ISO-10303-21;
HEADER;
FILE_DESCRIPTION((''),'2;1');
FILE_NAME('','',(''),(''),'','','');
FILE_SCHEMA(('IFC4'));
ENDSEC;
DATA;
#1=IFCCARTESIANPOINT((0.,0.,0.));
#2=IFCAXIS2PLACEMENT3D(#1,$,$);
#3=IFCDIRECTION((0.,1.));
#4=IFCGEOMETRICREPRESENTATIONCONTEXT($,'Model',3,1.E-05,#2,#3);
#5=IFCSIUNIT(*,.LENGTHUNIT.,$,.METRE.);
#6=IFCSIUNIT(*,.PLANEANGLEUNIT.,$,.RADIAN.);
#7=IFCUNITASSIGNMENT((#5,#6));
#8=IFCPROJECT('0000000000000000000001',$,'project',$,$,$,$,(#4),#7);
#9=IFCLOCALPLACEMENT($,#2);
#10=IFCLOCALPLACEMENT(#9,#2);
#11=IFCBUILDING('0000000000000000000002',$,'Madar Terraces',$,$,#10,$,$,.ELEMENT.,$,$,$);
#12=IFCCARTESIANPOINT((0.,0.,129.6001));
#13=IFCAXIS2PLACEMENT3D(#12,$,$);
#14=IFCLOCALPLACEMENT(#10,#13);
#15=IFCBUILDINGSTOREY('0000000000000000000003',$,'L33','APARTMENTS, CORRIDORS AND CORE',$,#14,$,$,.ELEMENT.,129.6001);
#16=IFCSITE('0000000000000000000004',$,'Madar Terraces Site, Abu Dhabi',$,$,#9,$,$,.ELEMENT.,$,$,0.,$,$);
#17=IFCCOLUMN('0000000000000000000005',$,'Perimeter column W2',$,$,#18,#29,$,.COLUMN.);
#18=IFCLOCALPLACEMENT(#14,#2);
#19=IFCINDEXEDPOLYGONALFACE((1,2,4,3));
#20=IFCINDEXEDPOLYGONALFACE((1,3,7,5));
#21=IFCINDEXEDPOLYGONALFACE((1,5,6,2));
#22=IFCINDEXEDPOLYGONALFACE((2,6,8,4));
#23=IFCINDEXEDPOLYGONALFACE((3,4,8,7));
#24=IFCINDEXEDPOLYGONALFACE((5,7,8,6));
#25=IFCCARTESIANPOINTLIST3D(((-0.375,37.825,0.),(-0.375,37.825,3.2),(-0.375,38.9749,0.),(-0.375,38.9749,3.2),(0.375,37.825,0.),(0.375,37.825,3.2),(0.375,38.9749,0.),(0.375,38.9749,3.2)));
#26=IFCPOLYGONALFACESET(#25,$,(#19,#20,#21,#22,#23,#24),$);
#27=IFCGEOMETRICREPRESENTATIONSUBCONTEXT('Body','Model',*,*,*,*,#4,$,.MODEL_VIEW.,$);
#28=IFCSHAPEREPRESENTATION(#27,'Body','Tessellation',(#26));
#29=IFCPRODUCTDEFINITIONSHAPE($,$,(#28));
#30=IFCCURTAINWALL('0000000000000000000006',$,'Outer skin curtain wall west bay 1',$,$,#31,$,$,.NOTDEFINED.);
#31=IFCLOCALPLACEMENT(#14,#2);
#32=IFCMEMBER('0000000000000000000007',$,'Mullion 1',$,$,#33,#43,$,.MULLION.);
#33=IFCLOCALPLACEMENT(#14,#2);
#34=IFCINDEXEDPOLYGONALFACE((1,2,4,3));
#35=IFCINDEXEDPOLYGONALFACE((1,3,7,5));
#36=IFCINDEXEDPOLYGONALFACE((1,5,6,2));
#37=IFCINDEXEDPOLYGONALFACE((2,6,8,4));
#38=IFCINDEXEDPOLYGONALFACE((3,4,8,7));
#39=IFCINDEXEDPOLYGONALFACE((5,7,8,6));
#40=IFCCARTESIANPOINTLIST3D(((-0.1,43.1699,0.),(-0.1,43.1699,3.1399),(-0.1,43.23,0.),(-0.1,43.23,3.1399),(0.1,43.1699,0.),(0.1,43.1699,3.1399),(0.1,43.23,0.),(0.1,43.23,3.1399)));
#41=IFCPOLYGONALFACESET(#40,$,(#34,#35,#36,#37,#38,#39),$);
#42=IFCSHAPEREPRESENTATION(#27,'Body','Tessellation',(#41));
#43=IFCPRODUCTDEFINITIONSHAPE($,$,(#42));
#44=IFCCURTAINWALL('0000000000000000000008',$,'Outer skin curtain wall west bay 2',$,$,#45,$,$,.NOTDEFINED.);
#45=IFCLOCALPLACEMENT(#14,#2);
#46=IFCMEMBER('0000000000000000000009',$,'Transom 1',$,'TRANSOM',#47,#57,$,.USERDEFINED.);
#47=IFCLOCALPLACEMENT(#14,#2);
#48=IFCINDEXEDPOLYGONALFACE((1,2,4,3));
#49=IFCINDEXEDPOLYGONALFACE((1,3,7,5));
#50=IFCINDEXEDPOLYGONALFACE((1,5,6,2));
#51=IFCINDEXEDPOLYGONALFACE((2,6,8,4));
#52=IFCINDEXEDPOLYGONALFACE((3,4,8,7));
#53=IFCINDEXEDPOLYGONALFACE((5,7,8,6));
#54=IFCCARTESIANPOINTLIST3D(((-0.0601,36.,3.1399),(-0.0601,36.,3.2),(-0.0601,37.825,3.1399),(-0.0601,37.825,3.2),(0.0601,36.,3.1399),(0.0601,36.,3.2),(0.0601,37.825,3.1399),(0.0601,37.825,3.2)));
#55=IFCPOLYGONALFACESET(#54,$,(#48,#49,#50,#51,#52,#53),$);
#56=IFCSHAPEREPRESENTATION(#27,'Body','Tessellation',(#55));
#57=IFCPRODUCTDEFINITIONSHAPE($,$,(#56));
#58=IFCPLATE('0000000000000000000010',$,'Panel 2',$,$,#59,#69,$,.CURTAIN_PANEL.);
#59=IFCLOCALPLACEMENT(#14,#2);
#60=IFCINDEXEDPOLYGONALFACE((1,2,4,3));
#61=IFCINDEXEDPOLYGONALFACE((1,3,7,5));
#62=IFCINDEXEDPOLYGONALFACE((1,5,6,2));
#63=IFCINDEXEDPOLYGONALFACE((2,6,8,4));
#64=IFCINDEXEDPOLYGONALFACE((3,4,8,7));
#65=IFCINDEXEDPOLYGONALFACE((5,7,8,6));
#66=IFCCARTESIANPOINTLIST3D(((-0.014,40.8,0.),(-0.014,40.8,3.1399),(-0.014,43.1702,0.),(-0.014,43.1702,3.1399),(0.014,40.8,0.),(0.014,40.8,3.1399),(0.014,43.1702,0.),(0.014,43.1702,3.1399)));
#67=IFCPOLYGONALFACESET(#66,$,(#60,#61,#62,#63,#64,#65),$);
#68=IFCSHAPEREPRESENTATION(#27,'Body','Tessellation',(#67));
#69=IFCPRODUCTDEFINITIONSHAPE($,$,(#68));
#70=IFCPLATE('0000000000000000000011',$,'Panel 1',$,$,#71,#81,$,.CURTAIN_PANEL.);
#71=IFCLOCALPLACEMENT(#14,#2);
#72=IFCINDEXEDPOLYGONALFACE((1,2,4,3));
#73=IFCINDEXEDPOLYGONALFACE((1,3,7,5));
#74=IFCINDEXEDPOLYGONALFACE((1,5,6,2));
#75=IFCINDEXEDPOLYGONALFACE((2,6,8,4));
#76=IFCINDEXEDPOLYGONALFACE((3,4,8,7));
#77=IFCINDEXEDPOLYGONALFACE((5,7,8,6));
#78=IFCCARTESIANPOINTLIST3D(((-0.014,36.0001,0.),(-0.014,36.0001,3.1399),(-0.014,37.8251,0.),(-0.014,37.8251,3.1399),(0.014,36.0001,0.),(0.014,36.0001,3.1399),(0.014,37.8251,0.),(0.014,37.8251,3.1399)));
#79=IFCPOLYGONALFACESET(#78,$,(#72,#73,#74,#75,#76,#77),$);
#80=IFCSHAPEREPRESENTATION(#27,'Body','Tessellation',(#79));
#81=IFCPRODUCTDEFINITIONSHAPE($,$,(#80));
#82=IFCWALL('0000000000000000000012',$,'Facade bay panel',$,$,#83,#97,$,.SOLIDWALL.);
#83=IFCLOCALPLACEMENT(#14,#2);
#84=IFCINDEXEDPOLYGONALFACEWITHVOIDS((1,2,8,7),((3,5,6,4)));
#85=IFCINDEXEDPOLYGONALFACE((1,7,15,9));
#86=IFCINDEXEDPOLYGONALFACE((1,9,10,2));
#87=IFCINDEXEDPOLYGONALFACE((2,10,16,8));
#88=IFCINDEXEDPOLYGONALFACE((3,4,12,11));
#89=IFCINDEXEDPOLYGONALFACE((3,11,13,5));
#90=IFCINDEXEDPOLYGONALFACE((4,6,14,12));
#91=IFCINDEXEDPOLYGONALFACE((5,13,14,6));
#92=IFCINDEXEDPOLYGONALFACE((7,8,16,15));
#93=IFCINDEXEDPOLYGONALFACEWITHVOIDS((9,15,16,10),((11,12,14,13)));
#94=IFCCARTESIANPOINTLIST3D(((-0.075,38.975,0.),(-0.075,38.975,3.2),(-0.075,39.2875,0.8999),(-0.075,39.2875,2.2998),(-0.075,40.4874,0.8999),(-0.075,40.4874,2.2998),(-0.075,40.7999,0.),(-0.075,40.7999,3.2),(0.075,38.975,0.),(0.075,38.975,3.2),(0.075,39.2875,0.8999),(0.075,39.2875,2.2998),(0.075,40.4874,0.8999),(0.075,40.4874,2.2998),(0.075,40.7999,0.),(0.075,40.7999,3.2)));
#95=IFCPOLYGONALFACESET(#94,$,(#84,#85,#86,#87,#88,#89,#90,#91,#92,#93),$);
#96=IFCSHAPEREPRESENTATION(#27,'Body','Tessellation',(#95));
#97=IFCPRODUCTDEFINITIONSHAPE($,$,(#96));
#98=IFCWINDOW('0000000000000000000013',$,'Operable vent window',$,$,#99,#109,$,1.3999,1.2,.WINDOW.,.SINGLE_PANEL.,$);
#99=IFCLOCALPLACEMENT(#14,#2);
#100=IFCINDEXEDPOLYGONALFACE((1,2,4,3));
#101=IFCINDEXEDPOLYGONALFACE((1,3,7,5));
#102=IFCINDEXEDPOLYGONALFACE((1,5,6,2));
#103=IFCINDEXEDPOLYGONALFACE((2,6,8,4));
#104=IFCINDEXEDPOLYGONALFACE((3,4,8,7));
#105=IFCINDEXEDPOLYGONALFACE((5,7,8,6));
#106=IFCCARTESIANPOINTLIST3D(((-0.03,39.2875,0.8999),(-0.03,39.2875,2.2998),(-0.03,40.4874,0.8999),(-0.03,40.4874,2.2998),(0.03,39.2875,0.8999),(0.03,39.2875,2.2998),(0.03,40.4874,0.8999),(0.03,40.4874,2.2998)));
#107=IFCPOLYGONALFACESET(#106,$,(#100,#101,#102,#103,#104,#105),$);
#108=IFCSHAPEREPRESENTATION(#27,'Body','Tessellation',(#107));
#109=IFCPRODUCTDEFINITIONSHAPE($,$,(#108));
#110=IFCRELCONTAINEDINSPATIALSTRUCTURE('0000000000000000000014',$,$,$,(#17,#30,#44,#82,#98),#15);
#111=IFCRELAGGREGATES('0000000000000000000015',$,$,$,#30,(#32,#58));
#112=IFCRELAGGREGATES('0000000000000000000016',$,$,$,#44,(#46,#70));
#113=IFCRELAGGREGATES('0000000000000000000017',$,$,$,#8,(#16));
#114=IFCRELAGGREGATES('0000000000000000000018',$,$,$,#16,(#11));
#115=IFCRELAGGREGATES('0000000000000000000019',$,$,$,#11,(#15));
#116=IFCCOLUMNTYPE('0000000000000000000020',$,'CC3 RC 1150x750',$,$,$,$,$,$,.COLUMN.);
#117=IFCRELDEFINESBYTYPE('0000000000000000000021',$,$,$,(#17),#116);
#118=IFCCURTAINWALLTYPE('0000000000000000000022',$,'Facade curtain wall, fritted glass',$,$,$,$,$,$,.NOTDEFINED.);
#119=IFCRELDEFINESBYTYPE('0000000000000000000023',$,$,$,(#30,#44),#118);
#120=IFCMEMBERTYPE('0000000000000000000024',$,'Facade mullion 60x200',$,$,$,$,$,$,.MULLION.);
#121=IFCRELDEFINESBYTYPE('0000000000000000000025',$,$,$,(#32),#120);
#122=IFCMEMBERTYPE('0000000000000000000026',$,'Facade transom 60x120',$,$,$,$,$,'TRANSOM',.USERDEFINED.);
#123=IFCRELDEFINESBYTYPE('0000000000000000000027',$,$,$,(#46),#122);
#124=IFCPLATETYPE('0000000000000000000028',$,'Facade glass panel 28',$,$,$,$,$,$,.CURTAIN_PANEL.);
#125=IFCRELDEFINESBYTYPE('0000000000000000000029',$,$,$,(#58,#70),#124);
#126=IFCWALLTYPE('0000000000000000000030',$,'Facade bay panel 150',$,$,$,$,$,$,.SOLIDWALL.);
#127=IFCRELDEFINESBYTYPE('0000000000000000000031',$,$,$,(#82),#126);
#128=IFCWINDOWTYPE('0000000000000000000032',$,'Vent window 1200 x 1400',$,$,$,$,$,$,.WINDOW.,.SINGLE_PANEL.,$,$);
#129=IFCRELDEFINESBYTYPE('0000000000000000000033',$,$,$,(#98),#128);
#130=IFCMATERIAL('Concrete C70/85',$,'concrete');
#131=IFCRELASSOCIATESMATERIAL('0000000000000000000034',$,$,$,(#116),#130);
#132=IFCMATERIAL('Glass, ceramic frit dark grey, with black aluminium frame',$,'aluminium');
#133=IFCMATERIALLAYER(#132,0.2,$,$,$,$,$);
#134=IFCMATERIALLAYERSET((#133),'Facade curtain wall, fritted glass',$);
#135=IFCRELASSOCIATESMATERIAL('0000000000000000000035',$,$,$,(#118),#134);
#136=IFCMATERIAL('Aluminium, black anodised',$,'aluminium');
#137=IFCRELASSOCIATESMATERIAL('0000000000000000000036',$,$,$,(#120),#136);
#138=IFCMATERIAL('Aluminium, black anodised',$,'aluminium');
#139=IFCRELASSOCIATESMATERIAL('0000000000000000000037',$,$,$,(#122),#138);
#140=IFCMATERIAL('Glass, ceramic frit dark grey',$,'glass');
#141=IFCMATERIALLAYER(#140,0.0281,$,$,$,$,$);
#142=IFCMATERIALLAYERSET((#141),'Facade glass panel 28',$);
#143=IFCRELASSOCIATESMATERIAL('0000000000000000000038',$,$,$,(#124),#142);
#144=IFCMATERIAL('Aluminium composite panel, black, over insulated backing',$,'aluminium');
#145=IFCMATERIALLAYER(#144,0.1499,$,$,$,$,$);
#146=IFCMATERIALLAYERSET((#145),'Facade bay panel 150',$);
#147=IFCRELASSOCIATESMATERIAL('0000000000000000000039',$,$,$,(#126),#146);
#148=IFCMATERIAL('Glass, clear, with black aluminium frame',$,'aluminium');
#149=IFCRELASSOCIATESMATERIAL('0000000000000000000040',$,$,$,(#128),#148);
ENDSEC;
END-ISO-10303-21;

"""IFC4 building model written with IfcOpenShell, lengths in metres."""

from ifc_helpers import new_model, si_unit, direction, frame, frame_2d, origin, origin_2d, place, context, subcontext, project, spatial, rectangle, extrude, material, layer, layer_set, material_profile, profile_set, type_object, element, fill, aggregate, save


model = new_model("IFC4")

# Units and contexts
model_context = context("Model", 3, precision=1e-05, world=origin(), true_north=direction((0.0, 1.0)))
body_context = subcontext(model_context, "Body", "Model", "MODEL_VIEW")
ifc_project = project(units=[si_unit("LENGTHUNIT", "METRE"), si_unit("PLANEANGLEUNIT", "RADIAN")], contexts=[model_context])

# Site, building, storey
site_placement = place(None, origin())
site = spatial("IfcSite", under=ifc_project, at=site_placement, Name="Madar Terraces Site, Abu Dhabi", CompositionType="ELEMENT", RefElevation=0.0)
building_placement = place(site_placement, origin())
building = spatial("IfcBuilding", under=site, at=building_placement, Name="Madar Terraces", CompositionType="ELEMENT")
storey_placement = place(building_placement, frame((0.0, 0.0, 129.6001)))
storey = spatial("IfcBuildingStorey", under=building, at=storey_placement, Name="L33", Description="APARTMENTS, CORRIDORS AND CORE", CompositionType="ELEMENT", Elevation=129.6001)

# Column
ifc_material_1 = material(Name="Concrete C70/85", Category="concrete")
ifc_material_profile_1 = material_profile(ifc_material_1, rectangle(XDim=1.1499, YDim=0.75, at=origin_2d()), Name="CC3 RC 1150x750")
ifc_profile_set_1 = profile_set([ifc_material_profile_1], Name="Concrete C70/85")
column_type = type_object("IfcColumnType", Name="CC3 RC 1150x750", PredefinedType="COLUMN", material=ifc_profile_set_1)
column_placement = place(storey_placement, frame((0.0, 38.3999, 0.0), z_axis=(0.0, 0.0, 1.0), x_axis=(0.0, 1.0, 0.0)))
element("IfcColumn", 1, at=column_placement, inside=storey, type_object=column_type, Name="Perimeter column W2", PredefinedType="COLUMN", context=body_context, shape_type="SweptSolid", body=[
    extrude(rectangle(XDim=1.1499, YDim=0.75, at=origin_2d()), origin(), (0.0, 0.0, 1.0), 3.2),
])

# Curtain walls, members
ifc_material_2 = material(Name="Glass, ceramic frit dark grey, with black aluminium frame", Category="aluminium")
ifc_layer_1 = layer(ifc_material_2, 0.2)
ifc_layer_set_1 = layer_set([ifc_layer_1], Name="Facade curtain wall, fritted glass")
curtain_wall_type = type_object("IfcCurtainWallType", Name="Facade curtain wall, fritted glass", PredefinedType="NOTDEFINED", material=ifc_layer_set_1)
curtain_wall_1_placement = place(storey_placement, origin())
curtain_wall_1 = element("IfcCurtainWall", 2, at=curtain_wall_1_placement, inside=storey, type_object=curtain_wall_type, Name="Outer skin curtain wall west bay 1", PredefinedType="NOTDEFINED")
ifc_material_3 = material(Name="Aluminium, black anodised", Category="aluminium")
ifc_material_profile_2 = material_profile(ifc_material_3, rectangle(XDim=0.2, YDim=0.0601, at=origin_2d()), Name="Facade mullion 60x200")
ifc_profile_set_2 = profile_set([ifc_material_profile_2], Name="Aluminium, black anodised")
member_type_1 = type_object("IfcMemberType", Name="Facade mullion 60x200", PredefinedType="MULLION", material=ifc_profile_set_2)
member_1_placement = place(storey_placement, frame((0.0, 43.2, 0.0), z_axis=(0.0, 0.0, 1.0), x_axis=(1.0, 0.0, 0.0)))
member_1 = element("IfcMember", 3, at=member_1_placement, type_object=member_type_1, Name="Mullion 1", PredefinedType="MULLION", context=body_context, shape_type="SweptSolid", body=[
    extrude(rectangle(XDim=0.2, YDim=0.0601, at=origin_2d()), origin(), (0.0, 0.0, 1.0), 3.1399),
])
curtain_wall_2_placement = place(storey_placement, origin())
curtain_wall_2 = element("IfcCurtainWall", 4, at=curtain_wall_2_placement, inside=storey, type_object=curtain_wall_type, Name="Outer skin curtain wall west bay 2", PredefinedType="NOTDEFINED")
ifc_material_4 = material(Name="Aluminium, black anodised", Category="aluminium")
ifc_material_profile_3 = material_profile(ifc_material_4, rectangle(XDim=0.1201, YDim=0.0601, at=origin_2d()), Name="Facade transom 60x120")
ifc_profile_set_3 = profile_set([ifc_material_profile_3], Name="Aluminium, black anodised")
member_type_2 = type_object("IfcMemberType", Name="Facade transom 60x120", ElementType="TRANSOM", PredefinedType="USERDEFINED", material=ifc_profile_set_3)
member_2_placement = place(storey_placement, frame((0.0, 37.825, 3.1699), z_axis=(0.0, -1.0, 0.0), x_axis=(1.0, 0.0, 0.0)))
member_2 = element("IfcMember", 5, at=member_2_placement, type_object=member_type_2, Name="Transom 1", ObjectType="TRANSOM", PredefinedType="USERDEFINED", context=body_context, shape_type="SweptSolid", body=[
    extrude(rectangle(XDim=0.1201, YDim=0.0601, at=origin_2d()), origin(), (0.0, 0.0, 1.0), 1.825),
])

# Plates
ifc_material_5 = material(Name="Glass, ceramic frit dark grey", Category="glass")
ifc_layer_2 = layer(ifc_material_5, 0.0281)
ifc_layer_set_2 = layer_set([ifc_layer_2], Name="Facade glass panel 28")
plate_type = type_object("IfcPlateType", Name="Facade glass panel 28", PredefinedType="CURTAIN_PANEL", material=ifc_layer_set_2)
plate_1_placement = place(storey_placement, frame((0.0, 41.9851, 0.0), z_axis=(0.0, 0.0, 1.0), x_axis=(0.0, -1.0, 0.0)))
plate_1 = element("IfcPlate", 6, at=plate_1_placement, type_object=plate_type, Name="Panel 2", PredefinedType="CURTAIN_PANEL", context=body_context, shape_type="SweptSolid", body=[
    extrude(rectangle(XDim=2.3701, YDim=0.0281, at=origin_2d()), origin(), (0.0, 0.0, 1.0), 3.1399),
])
aggregate(curtain_wall_1, [member_1, plate_1])
plate_2_placement = place(storey_placement, frame((0.0, 36.9126, 0.0), z_axis=(0.0, 0.0, 1.0), x_axis=(0.0, -1.0, 0.0)))
plate_2 = element("IfcPlate", 7, at=plate_2_placement, type_object=plate_type, Name="Panel 1", PredefinedType="CURTAIN_PANEL", context=body_context, shape_type="SweptSolid", body=[
    extrude(rectangle(XDim=1.825, YDim=0.0281, at=origin_2d()), origin(), (0.0, 0.0, 1.0), 3.1399),
])
aggregate(curtain_wall_2, [member_2, plate_2])

# Wall, opening, window
ifc_material_6 = material(Name="Aluminium composite panel, black, over insulated backing", Category="aluminium")
ifc_layer_3 = layer(ifc_material_6, 0.1499)
ifc_layer_set_3 = layer_set([ifc_layer_3], Name="Facade bay panel 150")
wall_type_1 = type_object("IfcWallType", Name="Facade bay panel 150", PredefinedType="SOLIDWALL", material=ifc_layer_set_3)
wall_1_placement = place(storey_placement, frame((0.0, 40.8, 0.0), z_axis=(0.0, 0.0, 1.0), x_axis=(0.0, -1.0, 0.0)))
wall_1 = element("IfcWall", 8, at=wall_1_placement, inside=storey, type_object=wall_type_1, Name="Facade bay panel", PredefinedType="SOLIDWALL", context=body_context, shape_type="SweptSolid", body=[
    extrude(rectangle(XDim=1.825, YDim=0.1499, at=frame_2d((0.9126, 0.0))), origin(), (0.0, 0.0, 1.0), 3.2),
])
opening_1_placement = place(wall_1_placement, frame((0.3125, 0.0, 0.8999)))
opening_1 = element("IfcOpeningElement", 9, at=opening_1_placement, cuts=wall_1, PredefinedType="OPENING", context=body_context, shape_type="SweptSolid", body=[
    extrude(rectangle(XDim=1.2, YDim=1.3999, at=frame_2d((0.6001, 0.7))), frame((0.0, 0.085, 0.0), z_axis=(0.0, -1.0, 0.0), x_axis=(1.0, 0.0, 0.0)), (0.0, 0.0, 1.0), 0.1699),
])
ifc_material_7 = material(Name="Glass, clear, with black aluminium frame", Category="aluminium")
window_type = type_object("IfcWindowType", Name="Vent window 1200 x 1400", PartitioningType="SINGLE_PANEL", PredefinedType="WINDOW", material=ifc_material_7)
window_placement = place(opening_1_placement, origin())
window = element("IfcWindow", 10, at=window_placement, inside=storey, type_object=window_type, Name="Operable vent window", OverallHeight=1.3999, OverallWidth=1.2, PartitioningType="SINGLE_PANEL", PredefinedType="WINDOW", context=body_context, shape_type="SweptSolid", body=[
    extrude(rectangle(XDim=1.2, YDim=1.3999, at=frame_2d((0.6001, 0.7))), frame((0.0, 0.03, 0.0), z_axis=(0.0, -1.0, 0.0), x_axis=(1.0, 0.0, 0.0)), (0.0, 0.0, 1.0), 0.0601),
])
fill(opening_1, window)

save(model, "model.ifc")
